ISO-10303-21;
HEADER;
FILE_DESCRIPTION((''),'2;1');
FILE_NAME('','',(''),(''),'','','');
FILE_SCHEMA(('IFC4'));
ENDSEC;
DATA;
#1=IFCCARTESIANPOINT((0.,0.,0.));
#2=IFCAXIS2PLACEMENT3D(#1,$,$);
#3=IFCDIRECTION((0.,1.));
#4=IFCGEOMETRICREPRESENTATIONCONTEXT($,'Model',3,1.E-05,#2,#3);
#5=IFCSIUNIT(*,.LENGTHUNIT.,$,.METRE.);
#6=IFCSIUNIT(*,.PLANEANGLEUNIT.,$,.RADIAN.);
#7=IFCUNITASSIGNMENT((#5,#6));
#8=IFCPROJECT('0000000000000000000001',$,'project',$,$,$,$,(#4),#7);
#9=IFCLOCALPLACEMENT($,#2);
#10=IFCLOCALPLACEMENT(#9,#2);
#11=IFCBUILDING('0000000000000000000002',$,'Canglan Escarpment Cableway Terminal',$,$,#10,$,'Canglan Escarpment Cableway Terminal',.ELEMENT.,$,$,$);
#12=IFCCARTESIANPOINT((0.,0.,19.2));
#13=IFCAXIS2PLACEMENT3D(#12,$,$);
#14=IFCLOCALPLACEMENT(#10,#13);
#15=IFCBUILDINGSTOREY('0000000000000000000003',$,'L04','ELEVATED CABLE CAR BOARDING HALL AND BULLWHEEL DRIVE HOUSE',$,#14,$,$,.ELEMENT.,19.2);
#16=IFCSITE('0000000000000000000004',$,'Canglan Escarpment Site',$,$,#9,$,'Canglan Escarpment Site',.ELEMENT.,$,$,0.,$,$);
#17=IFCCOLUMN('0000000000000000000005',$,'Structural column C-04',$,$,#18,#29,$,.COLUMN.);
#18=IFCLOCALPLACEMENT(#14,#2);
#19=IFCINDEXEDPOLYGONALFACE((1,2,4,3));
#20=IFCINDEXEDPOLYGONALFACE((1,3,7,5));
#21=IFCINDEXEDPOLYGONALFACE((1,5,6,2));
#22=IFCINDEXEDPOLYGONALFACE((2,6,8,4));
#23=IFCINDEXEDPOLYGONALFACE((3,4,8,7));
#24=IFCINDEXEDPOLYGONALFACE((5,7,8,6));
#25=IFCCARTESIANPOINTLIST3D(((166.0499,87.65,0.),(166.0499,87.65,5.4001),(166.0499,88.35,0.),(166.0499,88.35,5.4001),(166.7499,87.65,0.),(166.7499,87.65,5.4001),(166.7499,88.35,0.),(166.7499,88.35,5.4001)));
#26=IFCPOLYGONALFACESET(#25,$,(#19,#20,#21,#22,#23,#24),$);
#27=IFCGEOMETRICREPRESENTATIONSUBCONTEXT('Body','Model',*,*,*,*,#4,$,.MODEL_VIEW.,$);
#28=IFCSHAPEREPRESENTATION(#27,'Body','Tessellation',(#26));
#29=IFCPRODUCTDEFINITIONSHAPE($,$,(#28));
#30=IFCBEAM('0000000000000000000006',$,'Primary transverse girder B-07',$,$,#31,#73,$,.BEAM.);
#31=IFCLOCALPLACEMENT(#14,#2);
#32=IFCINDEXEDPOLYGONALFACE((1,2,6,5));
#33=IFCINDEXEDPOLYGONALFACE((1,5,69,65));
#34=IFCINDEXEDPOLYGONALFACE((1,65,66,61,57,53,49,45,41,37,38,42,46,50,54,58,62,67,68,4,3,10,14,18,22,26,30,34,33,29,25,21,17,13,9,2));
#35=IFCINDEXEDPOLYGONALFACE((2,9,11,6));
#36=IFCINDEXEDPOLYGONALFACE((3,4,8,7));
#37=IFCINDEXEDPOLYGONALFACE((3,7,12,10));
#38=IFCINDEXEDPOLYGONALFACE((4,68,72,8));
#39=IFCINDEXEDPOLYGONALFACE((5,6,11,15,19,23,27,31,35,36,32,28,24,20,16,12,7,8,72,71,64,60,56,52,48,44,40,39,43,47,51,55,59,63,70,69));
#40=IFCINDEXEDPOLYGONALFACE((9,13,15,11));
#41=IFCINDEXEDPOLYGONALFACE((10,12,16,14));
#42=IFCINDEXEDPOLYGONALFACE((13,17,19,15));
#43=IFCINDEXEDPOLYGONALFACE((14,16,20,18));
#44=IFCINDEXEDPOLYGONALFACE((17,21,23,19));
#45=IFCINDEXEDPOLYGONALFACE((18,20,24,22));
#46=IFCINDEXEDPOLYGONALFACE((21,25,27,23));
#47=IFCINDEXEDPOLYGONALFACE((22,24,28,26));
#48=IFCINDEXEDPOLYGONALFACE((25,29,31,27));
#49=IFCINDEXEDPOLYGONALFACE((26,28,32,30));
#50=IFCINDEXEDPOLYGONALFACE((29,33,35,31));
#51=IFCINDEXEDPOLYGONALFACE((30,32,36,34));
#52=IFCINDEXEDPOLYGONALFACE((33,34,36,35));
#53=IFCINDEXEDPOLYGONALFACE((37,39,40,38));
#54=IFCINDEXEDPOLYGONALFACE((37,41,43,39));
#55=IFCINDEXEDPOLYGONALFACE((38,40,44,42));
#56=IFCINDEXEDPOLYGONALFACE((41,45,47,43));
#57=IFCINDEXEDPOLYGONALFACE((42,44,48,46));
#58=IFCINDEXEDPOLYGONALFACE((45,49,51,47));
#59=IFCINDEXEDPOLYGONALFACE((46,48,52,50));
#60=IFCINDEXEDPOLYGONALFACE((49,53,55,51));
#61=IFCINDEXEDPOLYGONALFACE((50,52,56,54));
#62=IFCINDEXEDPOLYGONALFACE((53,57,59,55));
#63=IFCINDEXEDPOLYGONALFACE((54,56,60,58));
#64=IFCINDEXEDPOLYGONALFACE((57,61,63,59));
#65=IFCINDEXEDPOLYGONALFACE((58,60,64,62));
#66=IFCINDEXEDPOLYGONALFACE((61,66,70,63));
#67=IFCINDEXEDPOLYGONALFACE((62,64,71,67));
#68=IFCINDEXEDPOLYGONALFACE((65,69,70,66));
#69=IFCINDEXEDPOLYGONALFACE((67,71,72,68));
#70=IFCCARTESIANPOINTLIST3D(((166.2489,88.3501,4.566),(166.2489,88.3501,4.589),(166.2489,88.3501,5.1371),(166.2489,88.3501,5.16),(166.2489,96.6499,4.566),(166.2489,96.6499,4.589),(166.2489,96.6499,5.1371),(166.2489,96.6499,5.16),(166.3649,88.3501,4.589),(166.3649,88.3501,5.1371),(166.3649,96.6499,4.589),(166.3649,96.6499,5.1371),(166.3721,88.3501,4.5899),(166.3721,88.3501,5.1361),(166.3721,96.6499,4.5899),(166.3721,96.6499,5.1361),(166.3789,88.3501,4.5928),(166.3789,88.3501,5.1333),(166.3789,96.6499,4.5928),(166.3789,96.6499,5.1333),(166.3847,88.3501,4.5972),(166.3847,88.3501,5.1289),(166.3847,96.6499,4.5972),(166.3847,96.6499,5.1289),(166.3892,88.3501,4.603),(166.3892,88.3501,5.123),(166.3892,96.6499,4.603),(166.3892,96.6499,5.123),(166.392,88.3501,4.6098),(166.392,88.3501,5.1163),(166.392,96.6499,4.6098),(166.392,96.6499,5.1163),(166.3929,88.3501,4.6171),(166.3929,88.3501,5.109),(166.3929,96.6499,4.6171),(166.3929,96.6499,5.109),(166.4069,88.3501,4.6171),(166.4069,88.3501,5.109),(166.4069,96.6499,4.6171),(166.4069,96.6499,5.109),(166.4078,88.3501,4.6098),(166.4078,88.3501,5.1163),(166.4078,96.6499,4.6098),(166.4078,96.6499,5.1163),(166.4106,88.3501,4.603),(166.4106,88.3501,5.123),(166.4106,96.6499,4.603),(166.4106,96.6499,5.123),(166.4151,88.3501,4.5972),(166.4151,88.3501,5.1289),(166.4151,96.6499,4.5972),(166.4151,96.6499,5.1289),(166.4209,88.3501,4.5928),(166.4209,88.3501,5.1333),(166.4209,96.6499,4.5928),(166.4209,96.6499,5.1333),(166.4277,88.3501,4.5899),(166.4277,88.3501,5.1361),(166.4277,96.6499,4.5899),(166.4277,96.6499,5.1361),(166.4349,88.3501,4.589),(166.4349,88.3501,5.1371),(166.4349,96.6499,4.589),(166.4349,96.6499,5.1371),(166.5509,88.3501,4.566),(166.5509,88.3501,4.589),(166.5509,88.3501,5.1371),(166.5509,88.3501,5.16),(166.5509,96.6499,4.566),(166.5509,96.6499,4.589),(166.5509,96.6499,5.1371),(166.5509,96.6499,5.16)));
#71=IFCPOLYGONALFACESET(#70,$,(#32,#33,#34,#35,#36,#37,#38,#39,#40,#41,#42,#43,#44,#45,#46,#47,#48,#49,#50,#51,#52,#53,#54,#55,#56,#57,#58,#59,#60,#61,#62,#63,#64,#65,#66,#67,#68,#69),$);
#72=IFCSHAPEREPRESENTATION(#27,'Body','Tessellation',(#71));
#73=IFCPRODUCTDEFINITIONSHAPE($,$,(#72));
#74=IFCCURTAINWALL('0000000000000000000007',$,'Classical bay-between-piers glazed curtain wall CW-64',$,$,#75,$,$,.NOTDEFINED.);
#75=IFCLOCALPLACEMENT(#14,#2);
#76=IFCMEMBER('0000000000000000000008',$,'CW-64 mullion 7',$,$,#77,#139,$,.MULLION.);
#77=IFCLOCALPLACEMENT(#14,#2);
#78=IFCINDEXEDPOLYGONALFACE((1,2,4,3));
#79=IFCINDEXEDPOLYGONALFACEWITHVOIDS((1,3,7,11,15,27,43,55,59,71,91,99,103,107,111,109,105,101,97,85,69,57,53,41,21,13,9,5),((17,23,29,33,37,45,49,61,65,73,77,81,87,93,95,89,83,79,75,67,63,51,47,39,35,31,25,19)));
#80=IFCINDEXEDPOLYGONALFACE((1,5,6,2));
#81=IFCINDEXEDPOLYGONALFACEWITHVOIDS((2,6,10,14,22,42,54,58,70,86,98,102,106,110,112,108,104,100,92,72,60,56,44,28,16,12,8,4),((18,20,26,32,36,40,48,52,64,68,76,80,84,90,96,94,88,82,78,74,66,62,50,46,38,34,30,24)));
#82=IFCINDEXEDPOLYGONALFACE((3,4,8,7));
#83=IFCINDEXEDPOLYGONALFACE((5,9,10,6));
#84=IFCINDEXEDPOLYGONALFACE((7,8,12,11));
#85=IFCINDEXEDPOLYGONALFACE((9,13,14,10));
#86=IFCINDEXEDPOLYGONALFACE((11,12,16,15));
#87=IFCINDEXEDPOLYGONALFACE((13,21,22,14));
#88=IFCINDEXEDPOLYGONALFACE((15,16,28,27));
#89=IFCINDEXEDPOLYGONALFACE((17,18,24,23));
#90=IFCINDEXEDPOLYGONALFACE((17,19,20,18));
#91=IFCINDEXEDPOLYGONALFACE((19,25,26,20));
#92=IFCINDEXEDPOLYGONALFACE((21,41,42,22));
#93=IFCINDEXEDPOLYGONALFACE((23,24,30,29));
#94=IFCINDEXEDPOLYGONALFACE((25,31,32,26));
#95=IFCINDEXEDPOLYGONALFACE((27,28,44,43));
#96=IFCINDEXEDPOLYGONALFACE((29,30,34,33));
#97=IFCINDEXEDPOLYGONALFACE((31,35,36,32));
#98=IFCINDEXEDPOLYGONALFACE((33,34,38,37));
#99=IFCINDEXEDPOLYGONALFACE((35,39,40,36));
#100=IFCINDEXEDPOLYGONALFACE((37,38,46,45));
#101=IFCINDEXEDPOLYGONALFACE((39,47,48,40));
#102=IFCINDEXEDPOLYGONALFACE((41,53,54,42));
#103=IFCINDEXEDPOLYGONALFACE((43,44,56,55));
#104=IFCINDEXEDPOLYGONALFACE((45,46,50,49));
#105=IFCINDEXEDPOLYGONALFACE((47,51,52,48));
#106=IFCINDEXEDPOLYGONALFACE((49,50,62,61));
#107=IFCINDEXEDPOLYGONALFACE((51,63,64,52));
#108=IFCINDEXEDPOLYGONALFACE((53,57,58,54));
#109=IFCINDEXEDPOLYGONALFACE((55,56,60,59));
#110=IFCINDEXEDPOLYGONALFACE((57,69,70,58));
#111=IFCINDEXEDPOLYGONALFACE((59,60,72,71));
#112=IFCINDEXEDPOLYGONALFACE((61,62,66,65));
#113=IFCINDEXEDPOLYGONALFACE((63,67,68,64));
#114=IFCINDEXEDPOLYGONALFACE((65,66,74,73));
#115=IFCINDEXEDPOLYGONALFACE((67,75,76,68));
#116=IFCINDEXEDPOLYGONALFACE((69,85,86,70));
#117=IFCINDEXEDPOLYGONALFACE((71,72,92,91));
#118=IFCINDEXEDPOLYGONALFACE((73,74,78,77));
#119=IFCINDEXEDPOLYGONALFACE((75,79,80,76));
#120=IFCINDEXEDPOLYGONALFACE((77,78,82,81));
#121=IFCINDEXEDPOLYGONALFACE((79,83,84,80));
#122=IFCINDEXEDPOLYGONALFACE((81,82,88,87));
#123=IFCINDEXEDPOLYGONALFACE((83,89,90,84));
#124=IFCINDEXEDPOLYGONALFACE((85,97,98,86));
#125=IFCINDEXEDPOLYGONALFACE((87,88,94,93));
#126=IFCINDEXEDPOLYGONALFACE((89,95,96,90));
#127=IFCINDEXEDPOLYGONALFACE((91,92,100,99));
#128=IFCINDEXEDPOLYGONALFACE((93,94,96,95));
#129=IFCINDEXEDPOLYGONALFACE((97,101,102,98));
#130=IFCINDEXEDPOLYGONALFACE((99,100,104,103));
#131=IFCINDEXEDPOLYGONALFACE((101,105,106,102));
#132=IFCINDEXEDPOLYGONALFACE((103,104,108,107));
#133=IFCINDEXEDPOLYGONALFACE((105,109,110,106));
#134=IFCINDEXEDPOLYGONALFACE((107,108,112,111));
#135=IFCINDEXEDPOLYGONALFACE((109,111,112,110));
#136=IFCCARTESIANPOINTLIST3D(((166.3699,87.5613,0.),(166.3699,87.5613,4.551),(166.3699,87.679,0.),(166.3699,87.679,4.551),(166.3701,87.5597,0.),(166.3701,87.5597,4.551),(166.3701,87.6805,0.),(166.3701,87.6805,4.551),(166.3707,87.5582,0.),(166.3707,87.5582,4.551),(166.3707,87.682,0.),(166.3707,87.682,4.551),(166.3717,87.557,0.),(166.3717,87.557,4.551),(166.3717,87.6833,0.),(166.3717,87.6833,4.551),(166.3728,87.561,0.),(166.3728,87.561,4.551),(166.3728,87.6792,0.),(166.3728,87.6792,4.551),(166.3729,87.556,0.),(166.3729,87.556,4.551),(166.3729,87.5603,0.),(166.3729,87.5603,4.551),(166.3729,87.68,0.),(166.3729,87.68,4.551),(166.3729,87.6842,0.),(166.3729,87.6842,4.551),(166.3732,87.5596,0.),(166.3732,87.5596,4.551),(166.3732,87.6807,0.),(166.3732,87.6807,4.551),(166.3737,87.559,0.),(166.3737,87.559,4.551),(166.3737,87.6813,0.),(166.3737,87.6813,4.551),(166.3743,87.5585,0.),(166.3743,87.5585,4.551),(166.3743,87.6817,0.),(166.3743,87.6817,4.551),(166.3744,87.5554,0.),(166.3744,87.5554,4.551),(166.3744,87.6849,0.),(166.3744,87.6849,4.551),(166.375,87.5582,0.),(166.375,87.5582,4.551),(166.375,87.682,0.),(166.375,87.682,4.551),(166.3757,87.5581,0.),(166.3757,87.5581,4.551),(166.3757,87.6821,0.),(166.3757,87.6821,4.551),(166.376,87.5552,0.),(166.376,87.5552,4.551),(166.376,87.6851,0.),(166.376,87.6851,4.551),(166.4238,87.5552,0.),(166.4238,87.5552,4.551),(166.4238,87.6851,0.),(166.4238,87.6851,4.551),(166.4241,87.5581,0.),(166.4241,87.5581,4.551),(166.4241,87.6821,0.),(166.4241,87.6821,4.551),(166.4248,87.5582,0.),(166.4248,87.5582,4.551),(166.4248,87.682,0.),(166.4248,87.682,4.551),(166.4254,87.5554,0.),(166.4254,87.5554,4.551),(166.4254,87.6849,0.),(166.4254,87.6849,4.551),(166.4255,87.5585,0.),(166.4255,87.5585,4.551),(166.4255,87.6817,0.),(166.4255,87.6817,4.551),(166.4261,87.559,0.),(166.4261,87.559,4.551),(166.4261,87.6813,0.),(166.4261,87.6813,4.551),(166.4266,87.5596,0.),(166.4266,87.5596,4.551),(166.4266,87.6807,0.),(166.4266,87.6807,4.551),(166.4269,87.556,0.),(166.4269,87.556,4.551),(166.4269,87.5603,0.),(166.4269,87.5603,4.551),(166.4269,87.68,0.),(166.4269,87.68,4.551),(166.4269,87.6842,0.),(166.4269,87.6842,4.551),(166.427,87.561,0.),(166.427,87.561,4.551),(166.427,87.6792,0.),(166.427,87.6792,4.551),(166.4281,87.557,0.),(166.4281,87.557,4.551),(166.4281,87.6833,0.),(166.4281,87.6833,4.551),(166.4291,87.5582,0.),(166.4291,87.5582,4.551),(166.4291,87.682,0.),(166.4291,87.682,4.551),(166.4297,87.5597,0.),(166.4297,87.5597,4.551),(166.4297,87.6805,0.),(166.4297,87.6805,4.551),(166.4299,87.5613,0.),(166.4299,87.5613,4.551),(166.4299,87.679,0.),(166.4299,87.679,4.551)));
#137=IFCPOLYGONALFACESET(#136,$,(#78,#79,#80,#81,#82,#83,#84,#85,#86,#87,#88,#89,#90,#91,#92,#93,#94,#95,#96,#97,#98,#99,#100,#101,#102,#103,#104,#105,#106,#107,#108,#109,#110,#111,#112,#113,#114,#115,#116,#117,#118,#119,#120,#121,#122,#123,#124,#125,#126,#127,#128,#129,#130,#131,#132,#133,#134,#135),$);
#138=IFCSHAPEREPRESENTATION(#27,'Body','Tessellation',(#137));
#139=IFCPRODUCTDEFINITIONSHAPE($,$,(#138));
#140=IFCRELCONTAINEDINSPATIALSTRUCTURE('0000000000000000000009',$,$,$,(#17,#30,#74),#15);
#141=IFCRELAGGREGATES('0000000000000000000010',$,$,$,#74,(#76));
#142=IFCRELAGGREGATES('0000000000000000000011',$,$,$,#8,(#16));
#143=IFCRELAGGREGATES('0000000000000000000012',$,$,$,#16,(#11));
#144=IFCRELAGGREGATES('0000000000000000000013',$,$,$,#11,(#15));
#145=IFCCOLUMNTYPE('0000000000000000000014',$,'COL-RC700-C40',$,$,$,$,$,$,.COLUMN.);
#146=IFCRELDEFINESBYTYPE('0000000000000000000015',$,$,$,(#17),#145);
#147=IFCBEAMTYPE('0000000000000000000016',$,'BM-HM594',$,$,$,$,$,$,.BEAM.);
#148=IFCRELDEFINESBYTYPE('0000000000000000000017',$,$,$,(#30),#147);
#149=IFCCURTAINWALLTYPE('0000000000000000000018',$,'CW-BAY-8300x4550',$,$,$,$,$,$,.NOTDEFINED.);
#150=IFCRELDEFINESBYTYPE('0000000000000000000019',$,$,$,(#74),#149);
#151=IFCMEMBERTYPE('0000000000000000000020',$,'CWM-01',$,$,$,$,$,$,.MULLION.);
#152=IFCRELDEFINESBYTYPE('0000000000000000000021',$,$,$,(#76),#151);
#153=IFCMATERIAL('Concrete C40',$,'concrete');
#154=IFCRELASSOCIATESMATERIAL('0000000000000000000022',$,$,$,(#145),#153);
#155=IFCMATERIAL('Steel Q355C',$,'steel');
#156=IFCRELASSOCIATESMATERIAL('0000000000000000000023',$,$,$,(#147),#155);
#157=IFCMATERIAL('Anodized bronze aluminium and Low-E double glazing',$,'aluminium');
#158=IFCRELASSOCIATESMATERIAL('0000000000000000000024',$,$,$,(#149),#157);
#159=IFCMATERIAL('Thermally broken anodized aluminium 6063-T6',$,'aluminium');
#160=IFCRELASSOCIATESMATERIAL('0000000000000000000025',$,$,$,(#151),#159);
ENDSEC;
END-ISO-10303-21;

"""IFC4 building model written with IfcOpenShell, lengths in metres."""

from ifc_helpers import new_model, si_unit, direction, frame, origin, origin_2d, place, context, subcontext, project, spatial, rectangle, hollow_rectangle, i_section, extrude, material, material_profile, profile_set, type_object, element, aggregate, save


model = new_model("IFC4")

# Units and contexts
model_context = context("Model", 3, precision=1e-05, world=origin(), true_north=direction((0.0, 1.0)))
body_context = subcontext(model_context, "Body", "Model", "MODEL_VIEW")
ifc_project = project(units=[si_unit("LENGTHUNIT", "METRE"), si_unit("PLANEANGLEUNIT", "RADIAN")], contexts=[model_context])

# Site, building, storey
site_placement = place(None, origin())
site = spatial("IfcSite", under=ifc_project, at=site_placement, Name="Canglan Escarpment Site", LongName="Canglan Escarpment Site", CompositionType="ELEMENT", RefElevation=0.0)
building_placement = place(site_placement, origin())
building = spatial("IfcBuilding", under=site, at=building_placement, Name="Canglan Escarpment Cableway Terminal", LongName="Canglan Escarpment Cableway Terminal", CompositionType="ELEMENT")
storey_placement = place(building_placement, frame((0.0, 0.0, 19.2)))
storey = spatial("IfcBuildingStorey", under=building, at=storey_placement, Name="L04", Description="ELEVATED CABLE CAR BOARDING HALL AND BULLWHEEL DRIVE HOUSE", CompositionType="ELEMENT", Elevation=19.2)

# Column
ifc_material_1 = material(Name="Concrete C40", Category="concrete")
ifc_material_profile_1 = material_profile(ifc_material_1, rectangle(XDim=0.7, YDim=0.7, at=origin_2d()), Name="RC 700x700")
ifc_profile_set_1 = profile_set([ifc_material_profile_1], Name="Concrete C40")
column_type = type_object("IfcColumnType", Name="COL-RC700-C40", PredefinedType="COLUMN", material=ifc_profile_set_1)
column_placement = place(storey_placement, frame((166.3999, 88.0, 0.0), z_axis=(0.0, 0.0, 1.0), x_axis=(1.0, 0.0, 0.0)))
element("IfcColumn", 1, at=column_placement, inside=storey, type_object=column_type, Name="Structural column C-04", PredefinedType="COLUMN", context=body_context, shape_type="SweptSolid", body=[
    extrude(rectangle(XDim=0.7, YDim=0.7, at=origin_2d()), origin(), (0.0, 0.0, 1.0), 5.4001),
])

# Beam
ifc_material_2 = material(Name="Steel Q355C", Category="steel")
ifc_material_profile_2 = material_profile(ifc_material_2, i_section(OverallWidth=0.302, OverallDepth=0.594, WebThickness=0.0139, FlangeThickness=0.0229, FilletRadius=0.0281, at=origin_2d()), Name="HM 594x302x14x23")
ifc_profile_set_2 = profile_set([ifc_material_profile_2], Name="Steel Q355C")
beam_type = type_object("IfcBeamType", Name="BM-HM594", PredefinedType="BEAM", material=ifc_profile_set_2)
beam_placement = place(storey_placement, frame((166.3999, 88.3501, 4.863), z_axis=(0.0, 1.0, 0.0), x_axis=(-1.0, 0.0, 0.0)))
element("IfcBeam", 2, at=beam_placement, inside=storey, type_object=beam_type, Name="Primary transverse girder B-07", PredefinedType="BEAM", context=body_context, shape_type="SweptSolid", body=[
    extrude(i_section(OverallWidth=0.302, OverallDepth=0.594, WebThickness=0.0139, FlangeThickness=0.0229, FilletRadius=0.0281, at=origin_2d()), origin(), (0.0, 0.0, 1.0), 8.2998),
])

# Curtain wall, member
ifc_material_3 = material(Name="Anodized bronze aluminium and Low-E double glazing", Category="aluminium")
curtain_wall_type = type_object("IfcCurtainWallType", Name="CW-BAY-8300x4550", PredefinedType="NOTDEFINED", material=ifc_material_3)
curtain_wall_1_placement = place(storey_placement, origin())
curtain_wall_1 = element("IfcCurtainWall", 3, at=curtain_wall_1_placement, inside=storey, type_object=curtain_wall_type, Name="Classical bay-between-piers glazed curtain wall CW-64", PredefinedType="NOTDEFINED")
ifc_material_4 = material(Name="Thermally broken anodized aluminium 6063-T6", Category="aluminium")
ifc_material_profile_3 = material_profile(ifc_material_4, hollow_rectangle(XDim=0.0601, YDim=0.1299, WallThickness=0.0029, InnerFilletRadius=0.0029, OuterFilletRadius=0.0061, at=origin_2d()), Name="ALU-MULL 60x130x3")
ifc_profile_set_3 = profile_set([ifc_material_profile_3], Name="Thermally broken anodized aluminium 6063-T6")
member_type_1 = type_object("IfcMemberType", Name="CWM-01", PredefinedType="MULLION", material=ifc_profile_set_3)
member_1_placement = place(storey_placement, frame((166.3999, 87.6201, 0.0), z_axis=(0.0, 0.0, 1.0), x_axis=(-1.0, 0.0, 0.0)))
member_1 = element("IfcMember", 4, at=member_1_placement, type_object=member_type_1, Name="CW-64 mullion 7", PredefinedType="MULLION", context=body_context, shape_type="SweptSolid", body=[
    extrude(hollow_rectangle(XDim=0.0601, YDim=0.1299, WallThickness=0.0029, InnerFilletRadius=0.0029, OuterFilletRadius=0.0061, at=origin_2d()), origin(), (0.0, 0.0, 1.0), 4.551),
])
aggregate(curtain_wall_1, [member_1])

save(model, "model.ifc")
